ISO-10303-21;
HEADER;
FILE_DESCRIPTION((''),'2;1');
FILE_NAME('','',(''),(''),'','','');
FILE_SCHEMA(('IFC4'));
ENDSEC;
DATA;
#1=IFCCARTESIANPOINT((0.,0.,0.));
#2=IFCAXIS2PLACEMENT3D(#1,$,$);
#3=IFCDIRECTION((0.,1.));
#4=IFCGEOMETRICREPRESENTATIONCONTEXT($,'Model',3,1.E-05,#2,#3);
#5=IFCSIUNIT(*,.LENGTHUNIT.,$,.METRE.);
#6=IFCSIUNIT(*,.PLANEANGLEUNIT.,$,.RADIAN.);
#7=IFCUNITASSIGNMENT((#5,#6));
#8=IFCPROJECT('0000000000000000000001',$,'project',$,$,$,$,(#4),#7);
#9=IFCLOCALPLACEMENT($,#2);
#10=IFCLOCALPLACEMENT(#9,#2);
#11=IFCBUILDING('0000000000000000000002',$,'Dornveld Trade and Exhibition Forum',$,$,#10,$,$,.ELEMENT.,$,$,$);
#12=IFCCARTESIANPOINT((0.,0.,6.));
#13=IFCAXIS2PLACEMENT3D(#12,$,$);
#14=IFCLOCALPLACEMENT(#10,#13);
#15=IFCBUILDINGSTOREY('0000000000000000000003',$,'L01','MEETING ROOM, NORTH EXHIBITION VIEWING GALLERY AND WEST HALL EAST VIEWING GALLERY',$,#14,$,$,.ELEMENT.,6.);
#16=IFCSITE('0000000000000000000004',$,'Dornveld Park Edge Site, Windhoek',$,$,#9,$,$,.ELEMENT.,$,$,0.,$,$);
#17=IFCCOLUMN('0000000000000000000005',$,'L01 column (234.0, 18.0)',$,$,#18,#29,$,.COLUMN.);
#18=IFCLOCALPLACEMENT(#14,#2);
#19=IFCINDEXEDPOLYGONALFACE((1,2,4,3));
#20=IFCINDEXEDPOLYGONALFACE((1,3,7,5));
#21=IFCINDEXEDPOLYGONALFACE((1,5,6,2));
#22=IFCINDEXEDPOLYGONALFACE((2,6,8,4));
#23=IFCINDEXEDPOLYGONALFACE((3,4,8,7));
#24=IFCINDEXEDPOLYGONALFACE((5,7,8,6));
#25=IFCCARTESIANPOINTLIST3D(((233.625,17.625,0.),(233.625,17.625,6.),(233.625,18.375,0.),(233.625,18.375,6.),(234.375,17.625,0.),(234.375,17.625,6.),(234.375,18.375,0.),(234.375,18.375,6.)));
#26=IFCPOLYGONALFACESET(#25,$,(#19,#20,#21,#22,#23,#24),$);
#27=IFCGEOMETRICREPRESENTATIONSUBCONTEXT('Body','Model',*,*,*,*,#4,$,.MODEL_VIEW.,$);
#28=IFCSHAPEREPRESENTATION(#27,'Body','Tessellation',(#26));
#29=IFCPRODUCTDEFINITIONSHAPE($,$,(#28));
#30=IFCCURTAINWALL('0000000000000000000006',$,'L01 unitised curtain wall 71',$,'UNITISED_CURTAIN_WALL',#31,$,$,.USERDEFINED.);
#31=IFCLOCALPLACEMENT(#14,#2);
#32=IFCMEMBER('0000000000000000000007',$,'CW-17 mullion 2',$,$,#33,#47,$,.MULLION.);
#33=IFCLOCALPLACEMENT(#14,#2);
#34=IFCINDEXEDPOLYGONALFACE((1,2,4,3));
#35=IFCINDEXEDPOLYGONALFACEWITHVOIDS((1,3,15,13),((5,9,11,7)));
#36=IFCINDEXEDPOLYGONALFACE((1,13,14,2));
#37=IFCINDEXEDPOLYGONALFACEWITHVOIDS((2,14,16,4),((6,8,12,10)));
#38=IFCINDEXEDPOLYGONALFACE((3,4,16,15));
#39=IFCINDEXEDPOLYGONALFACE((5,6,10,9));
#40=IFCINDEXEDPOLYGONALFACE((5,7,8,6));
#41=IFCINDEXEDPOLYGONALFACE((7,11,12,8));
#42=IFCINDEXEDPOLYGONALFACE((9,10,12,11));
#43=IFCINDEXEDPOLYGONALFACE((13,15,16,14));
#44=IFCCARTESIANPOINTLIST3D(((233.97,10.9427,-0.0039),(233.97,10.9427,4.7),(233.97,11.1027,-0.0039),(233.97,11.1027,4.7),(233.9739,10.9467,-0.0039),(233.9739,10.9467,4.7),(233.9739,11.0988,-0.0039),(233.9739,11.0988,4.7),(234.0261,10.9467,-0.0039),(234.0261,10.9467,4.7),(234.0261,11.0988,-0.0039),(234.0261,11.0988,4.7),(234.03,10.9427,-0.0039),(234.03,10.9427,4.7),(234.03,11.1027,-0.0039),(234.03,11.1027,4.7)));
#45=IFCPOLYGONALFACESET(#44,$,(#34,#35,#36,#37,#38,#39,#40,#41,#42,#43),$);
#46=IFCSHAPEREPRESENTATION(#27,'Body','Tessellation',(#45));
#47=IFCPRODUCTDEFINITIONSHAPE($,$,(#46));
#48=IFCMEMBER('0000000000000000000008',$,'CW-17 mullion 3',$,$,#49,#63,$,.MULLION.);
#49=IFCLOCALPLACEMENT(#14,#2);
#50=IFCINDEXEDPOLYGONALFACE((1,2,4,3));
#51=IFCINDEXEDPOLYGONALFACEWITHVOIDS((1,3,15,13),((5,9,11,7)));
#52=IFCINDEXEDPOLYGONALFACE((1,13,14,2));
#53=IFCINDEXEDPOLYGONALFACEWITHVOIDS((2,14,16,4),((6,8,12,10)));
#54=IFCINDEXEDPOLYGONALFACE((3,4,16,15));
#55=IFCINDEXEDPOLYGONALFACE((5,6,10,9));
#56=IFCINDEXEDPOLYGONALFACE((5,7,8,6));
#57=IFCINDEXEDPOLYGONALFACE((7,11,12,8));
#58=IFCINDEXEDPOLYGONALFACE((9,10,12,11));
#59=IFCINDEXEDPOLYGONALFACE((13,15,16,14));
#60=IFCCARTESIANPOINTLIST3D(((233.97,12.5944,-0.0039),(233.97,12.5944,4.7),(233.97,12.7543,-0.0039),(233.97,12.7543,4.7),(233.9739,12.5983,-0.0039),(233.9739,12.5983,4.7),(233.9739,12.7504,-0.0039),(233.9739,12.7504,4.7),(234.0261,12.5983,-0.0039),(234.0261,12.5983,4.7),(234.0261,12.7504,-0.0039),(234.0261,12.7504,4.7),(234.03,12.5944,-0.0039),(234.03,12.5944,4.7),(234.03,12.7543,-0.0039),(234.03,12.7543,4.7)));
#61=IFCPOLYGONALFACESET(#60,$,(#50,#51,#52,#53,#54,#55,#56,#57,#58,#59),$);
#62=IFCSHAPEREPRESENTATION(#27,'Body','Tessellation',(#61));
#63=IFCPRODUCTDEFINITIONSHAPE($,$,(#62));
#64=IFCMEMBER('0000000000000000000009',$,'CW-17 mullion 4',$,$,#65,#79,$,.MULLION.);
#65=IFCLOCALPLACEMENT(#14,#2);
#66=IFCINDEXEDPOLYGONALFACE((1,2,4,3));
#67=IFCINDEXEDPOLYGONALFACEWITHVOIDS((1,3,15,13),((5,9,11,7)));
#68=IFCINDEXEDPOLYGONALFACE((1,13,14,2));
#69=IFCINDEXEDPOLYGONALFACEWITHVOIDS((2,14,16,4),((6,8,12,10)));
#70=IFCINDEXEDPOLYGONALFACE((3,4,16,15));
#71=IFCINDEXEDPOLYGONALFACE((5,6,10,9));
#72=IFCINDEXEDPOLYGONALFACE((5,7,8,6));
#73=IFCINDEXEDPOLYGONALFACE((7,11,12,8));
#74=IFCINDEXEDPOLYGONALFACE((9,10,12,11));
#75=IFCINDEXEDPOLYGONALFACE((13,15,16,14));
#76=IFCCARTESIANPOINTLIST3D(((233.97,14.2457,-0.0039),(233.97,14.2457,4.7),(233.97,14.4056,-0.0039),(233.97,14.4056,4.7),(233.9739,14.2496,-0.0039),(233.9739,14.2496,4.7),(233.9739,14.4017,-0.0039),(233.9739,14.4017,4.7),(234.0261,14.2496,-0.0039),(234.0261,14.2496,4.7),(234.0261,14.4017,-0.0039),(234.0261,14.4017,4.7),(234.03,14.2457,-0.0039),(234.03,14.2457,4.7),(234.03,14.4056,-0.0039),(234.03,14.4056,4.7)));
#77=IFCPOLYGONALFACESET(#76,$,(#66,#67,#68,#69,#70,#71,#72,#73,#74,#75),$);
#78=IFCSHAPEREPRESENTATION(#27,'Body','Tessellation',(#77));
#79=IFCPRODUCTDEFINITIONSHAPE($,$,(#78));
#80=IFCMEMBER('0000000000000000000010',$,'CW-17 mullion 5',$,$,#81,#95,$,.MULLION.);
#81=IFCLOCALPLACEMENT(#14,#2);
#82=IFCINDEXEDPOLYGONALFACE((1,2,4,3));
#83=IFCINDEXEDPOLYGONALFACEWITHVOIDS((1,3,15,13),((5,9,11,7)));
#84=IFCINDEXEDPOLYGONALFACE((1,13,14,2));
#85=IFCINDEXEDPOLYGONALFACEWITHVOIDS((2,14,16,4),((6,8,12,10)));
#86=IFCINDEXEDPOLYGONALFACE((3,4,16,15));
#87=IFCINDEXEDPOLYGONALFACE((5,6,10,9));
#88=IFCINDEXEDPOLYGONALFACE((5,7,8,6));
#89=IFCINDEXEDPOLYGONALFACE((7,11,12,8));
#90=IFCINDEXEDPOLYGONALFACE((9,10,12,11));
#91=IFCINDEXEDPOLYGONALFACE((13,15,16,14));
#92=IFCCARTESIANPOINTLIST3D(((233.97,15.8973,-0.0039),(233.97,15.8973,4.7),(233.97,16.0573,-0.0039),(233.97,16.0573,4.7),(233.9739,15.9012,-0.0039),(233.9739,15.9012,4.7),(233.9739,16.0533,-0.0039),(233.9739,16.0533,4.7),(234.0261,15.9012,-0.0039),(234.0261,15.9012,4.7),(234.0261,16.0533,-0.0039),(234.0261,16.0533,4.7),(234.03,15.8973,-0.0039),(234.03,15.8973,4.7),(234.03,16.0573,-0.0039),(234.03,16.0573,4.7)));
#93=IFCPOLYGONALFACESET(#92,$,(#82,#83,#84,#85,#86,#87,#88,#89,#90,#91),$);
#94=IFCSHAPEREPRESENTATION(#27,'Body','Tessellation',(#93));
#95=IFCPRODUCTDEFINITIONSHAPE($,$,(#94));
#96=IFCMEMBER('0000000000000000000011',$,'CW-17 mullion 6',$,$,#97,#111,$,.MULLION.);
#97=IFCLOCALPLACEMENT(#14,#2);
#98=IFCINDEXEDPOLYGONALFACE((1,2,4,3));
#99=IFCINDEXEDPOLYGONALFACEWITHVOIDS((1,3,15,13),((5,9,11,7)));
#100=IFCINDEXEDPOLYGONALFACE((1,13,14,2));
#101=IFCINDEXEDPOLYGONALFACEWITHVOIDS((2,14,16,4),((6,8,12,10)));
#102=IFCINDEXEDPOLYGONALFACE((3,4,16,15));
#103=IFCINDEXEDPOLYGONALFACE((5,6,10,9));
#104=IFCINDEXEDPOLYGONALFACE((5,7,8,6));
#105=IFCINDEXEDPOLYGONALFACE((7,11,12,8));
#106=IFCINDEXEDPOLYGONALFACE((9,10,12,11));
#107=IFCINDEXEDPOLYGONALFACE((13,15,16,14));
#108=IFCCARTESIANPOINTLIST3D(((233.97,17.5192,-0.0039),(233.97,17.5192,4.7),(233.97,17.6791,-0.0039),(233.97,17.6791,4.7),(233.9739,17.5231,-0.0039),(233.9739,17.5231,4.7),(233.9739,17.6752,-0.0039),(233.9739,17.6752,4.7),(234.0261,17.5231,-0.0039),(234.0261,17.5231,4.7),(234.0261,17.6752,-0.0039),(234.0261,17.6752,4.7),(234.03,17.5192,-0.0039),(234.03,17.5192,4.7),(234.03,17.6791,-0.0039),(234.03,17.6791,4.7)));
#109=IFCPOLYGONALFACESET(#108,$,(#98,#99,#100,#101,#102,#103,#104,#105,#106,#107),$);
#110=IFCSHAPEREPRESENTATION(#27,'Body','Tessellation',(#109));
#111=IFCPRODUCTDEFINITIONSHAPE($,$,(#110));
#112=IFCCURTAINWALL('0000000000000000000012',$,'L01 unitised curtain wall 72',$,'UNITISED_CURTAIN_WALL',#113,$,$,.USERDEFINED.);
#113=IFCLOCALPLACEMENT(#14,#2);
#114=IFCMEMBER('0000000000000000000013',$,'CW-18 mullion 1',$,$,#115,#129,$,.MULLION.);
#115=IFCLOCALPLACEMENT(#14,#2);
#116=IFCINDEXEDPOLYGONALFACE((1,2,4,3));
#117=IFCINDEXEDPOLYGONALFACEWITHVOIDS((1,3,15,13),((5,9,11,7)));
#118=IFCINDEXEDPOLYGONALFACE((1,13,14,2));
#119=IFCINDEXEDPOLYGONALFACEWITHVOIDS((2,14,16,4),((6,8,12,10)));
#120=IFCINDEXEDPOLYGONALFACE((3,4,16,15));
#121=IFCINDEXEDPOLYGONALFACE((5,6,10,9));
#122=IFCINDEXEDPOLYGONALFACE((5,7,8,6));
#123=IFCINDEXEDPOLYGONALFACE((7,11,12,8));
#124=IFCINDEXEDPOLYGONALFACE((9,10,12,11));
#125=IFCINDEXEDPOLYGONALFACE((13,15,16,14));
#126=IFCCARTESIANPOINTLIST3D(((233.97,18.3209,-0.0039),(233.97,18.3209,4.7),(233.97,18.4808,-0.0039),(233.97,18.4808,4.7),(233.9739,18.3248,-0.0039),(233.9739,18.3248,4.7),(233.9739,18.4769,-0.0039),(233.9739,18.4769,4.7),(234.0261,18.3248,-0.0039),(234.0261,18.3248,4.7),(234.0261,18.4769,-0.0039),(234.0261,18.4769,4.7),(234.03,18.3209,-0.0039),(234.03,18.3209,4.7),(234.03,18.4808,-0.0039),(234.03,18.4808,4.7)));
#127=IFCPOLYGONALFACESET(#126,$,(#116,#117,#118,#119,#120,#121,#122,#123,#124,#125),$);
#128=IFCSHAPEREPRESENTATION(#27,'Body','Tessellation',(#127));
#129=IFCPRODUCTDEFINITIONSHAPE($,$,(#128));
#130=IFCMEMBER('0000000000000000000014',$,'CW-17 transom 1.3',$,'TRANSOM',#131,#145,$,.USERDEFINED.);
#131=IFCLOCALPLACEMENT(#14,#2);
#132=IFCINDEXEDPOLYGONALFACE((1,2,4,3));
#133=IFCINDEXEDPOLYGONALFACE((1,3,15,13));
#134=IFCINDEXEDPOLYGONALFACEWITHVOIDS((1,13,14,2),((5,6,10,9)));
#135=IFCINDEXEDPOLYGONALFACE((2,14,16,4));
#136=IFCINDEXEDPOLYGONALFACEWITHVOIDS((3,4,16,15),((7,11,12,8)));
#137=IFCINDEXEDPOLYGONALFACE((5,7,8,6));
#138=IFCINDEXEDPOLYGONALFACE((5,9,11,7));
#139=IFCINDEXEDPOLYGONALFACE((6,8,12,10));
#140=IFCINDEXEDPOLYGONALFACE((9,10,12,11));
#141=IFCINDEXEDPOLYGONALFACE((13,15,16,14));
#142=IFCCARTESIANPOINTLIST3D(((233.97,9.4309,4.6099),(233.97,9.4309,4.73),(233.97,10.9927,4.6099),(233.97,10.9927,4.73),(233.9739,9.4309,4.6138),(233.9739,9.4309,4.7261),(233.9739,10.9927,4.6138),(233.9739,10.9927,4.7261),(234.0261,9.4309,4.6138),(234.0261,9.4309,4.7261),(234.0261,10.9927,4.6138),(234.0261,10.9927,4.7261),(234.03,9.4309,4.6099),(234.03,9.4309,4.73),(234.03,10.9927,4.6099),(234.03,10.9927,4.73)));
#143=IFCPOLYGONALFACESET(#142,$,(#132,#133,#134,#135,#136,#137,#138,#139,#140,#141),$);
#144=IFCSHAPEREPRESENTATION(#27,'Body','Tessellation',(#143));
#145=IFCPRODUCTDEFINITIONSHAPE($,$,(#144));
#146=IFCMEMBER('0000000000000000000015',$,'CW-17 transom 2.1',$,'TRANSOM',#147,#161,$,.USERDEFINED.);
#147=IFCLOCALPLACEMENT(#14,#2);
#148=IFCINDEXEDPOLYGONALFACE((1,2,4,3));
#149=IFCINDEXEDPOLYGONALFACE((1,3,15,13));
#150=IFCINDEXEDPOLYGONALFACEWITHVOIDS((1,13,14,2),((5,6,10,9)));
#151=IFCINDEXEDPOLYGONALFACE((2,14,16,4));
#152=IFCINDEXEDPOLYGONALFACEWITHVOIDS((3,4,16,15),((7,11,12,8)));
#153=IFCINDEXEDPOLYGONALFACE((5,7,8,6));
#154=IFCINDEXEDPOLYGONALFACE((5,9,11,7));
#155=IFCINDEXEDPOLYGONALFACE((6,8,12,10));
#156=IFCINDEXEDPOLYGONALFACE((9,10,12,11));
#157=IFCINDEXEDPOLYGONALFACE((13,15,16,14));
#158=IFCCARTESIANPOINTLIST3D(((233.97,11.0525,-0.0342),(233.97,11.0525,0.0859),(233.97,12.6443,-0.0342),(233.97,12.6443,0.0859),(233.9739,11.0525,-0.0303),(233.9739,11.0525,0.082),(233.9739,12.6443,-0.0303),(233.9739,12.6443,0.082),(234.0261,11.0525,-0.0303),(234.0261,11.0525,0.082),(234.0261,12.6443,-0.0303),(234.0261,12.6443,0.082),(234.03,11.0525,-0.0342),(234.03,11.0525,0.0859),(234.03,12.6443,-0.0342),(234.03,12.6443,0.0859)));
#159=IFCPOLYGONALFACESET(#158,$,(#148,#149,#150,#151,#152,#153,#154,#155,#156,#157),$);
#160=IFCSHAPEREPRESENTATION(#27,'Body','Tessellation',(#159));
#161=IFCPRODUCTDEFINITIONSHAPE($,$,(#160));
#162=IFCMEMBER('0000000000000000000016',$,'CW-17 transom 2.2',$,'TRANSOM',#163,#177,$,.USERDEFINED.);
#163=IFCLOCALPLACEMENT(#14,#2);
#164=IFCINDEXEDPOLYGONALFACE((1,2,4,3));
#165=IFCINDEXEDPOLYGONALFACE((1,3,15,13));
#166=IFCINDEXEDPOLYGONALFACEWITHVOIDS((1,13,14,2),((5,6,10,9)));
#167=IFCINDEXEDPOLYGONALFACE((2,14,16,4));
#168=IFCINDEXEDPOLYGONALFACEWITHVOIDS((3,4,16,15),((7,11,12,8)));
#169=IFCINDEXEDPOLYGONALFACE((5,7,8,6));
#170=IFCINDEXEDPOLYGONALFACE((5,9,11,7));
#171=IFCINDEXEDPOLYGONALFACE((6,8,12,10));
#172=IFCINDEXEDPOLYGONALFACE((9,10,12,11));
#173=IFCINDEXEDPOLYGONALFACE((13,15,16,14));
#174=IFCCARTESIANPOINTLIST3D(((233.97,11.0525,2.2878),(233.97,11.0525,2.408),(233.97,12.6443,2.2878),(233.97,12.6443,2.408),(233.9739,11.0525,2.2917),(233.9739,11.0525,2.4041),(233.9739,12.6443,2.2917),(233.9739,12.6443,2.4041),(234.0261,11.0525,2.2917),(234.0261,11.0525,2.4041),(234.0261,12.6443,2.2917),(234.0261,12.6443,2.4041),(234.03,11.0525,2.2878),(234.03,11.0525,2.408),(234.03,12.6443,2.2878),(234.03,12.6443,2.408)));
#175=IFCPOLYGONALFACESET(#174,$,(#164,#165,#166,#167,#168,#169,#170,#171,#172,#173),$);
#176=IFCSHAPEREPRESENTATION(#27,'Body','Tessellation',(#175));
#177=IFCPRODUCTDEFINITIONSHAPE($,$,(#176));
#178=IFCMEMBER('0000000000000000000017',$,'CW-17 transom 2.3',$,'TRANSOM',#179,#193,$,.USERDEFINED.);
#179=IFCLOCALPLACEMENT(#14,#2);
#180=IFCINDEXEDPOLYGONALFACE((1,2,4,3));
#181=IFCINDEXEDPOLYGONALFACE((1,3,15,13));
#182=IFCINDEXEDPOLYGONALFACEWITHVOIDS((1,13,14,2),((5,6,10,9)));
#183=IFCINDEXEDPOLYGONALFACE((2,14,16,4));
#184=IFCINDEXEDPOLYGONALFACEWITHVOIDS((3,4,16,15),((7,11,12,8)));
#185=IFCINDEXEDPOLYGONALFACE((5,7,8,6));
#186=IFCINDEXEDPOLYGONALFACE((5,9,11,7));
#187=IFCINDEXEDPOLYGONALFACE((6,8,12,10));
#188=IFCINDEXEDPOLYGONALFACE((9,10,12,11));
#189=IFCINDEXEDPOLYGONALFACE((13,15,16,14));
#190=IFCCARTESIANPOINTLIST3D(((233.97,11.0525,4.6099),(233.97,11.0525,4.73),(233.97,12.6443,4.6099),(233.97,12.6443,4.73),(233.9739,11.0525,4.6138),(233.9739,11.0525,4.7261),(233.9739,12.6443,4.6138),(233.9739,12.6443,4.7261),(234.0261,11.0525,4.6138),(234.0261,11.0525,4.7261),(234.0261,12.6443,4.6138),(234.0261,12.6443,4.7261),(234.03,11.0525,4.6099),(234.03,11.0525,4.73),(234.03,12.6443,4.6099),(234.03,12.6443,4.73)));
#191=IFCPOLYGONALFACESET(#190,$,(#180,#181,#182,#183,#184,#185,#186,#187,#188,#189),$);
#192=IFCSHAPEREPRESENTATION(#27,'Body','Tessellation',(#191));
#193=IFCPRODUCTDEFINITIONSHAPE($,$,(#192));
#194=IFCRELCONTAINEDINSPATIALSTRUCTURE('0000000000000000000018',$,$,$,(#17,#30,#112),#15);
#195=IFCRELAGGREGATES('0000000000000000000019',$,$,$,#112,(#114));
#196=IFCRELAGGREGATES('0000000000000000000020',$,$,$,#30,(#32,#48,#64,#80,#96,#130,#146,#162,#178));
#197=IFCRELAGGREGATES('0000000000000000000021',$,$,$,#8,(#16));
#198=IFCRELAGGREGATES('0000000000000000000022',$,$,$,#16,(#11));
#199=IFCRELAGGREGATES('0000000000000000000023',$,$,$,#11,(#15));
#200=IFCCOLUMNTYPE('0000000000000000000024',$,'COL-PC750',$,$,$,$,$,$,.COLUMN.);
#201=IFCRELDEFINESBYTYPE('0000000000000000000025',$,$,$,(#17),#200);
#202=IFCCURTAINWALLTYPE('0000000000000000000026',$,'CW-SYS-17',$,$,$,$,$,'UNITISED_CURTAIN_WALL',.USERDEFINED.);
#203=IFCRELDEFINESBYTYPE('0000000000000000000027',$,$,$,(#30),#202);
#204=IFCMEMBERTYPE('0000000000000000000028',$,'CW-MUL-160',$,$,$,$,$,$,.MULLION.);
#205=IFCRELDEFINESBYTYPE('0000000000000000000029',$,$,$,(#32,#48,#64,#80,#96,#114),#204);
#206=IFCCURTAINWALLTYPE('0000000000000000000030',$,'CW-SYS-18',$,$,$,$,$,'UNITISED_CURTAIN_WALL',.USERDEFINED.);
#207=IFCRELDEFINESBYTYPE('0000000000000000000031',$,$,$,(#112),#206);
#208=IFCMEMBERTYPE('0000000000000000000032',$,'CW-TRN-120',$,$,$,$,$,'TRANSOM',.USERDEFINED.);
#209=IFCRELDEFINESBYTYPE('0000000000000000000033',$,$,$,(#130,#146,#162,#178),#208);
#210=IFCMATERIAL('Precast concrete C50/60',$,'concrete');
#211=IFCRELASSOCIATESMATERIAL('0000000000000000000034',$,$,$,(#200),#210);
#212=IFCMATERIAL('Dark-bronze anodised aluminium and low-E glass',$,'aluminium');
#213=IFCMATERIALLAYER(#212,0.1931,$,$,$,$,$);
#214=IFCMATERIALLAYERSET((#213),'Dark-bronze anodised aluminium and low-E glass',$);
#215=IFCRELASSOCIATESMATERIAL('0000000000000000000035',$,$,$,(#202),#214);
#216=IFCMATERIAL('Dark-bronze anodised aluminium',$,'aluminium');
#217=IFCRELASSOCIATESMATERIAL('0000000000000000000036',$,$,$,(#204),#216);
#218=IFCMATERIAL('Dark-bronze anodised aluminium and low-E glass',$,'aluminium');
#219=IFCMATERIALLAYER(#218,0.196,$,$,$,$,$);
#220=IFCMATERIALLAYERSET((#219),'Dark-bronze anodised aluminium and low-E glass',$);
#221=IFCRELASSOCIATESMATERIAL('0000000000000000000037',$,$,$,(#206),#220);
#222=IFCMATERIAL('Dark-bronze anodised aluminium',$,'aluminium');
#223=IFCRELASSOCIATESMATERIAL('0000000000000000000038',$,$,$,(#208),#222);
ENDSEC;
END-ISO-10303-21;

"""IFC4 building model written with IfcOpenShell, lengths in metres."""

from ifc_helpers import new_model, si_unit, direction, frame, origin, origin_2d, place, context, subcontext, project, spatial, rectangle, hollow_rectangle, extrude, material, layer, layer_set, material_profile, profile_set, type_object, element, aggregate, save


model = new_model("IFC4")

# Units and contexts
model_context = context("Model", 3, precision=1e-05, world=origin(), true_north=direction((0.0, 1.0)))
body_context = subcontext(model_context, "Body", "Model", "MODEL_VIEW")
ifc_project = project(units=[si_unit("LENGTHUNIT", "METRE"), si_unit("PLANEANGLEUNIT", "RADIAN")], contexts=[model_context])

# Site, building, storey
site_placement = place(None, origin())
site = spatial("IfcSite", under=ifc_project, at=site_placement, Name="Dornveld Park Edge Site, Windhoek", CompositionType="ELEMENT", RefElevation=0.0)
building_placement = place(site_placement, origin())
building = spatial("IfcBuilding", under=site, at=building_placement, Name="Dornveld Trade and Exhibition Forum", CompositionType="ELEMENT")
storey_placement = place(building_placement, frame((0.0, 0.0, 6.0)))
storey = spatial("IfcBuildingStorey", under=building, at=storey_placement, Name="L01", Description="MEETING ROOM, NORTH EXHIBITION VIEWING GALLERY AND WEST HALL EAST VIEWING GALLERY", CompositionType="ELEMENT", Elevation=6.0)

# Column
ifc_material_1 = material(Name="Precast concrete C50/60", Category="concrete")
ifc_material_profile_1 = material_profile(ifc_material_1, rectangle(XDim=0.75, YDim=0.75, at=origin_2d()), Name="PC-COL 750x750")
ifc_profile_set_1 = profile_set([ifc_material_profile_1], Name="Precast concrete C50/60")
column_type = type_object("IfcColumnType", Name="COL-PC750", PredefinedType="COLUMN", material=ifc_profile_set_1)
column_placement = place(storey_placement, frame((234.0, 18.0, 0.0), z_axis=(0.0, 0.0, 1.0), x_axis=(1.0, 0.0, 0.0)))
element("IfcColumn", 1, at=column_placement, inside=storey, type_object=column_type, Name="L01 column (234.0, 18.0)", PredefinedType="COLUMN", context=body_context, shape_type="SweptSolid", body=[
    extrude(rectangle(XDim=0.75, YDim=0.75, at=origin_2d()), origin(), (0.0, 0.0, 1.0), 6.0),
])

# Curtain wall, members
ifc_material_2 = material(Name="Dark-bronze anodised aluminium and low-E glass", Category="aluminium")
ifc_layer_1 = layer(ifc_material_2, 0.1931)
ifc_layer_set_1 = layer_set([ifc_layer_1], Name="Dark-bronze anodised aluminium and low-E glass")
curtain_wall_type_1 = type_object("IfcCurtainWallType", Name="CW-SYS-17", ElementType="UNITISED_CURTAIN_WALL", PredefinedType="USERDEFINED", material=ifc_layer_set_1)
curtain_wall_1_placement = place(storey_placement, origin())
curtain_wall_1 = element("IfcCurtainWall", 2, at=curtain_wall_1_placement, inside=storey, type_object=curtain_wall_type_1, Name="L01 unitised curtain wall 71", ObjectType="UNITISED_CURTAIN_WALL", PredefinedType="USERDEFINED")
ifc_material_3 = material(Name="Dark-bronze anodised aluminium", Category="aluminium")
ifc_material_profile_2 = material_profile(ifc_material_3, hollow_rectangle(XDim=0.0601, YDim=0.1599, WallThickness=0.0039, at=origin_2d()), Name="RHS 160x60x4")
ifc_profile_set_2 = profile_set([ifc_material_profile_2], Name="Dark-bronze anodised aluminium")
member_type_1 = type_object("IfcMemberType", Name="CW-MUL-160", PredefinedType="MULLION", material=ifc_profile_set_2)
member_1_placement = place(storey_placement, frame((234.0, 11.0227, -0.0039), z_axis=(0.0, 0.0, 1.0), x_axis=(-1.0, 0.0, 0.0)))
member_1 = element("IfcMember", 3, at=member_1_placement, type_object=member_type_1, Name="CW-17 mullion 2", PredefinedType="MULLION", context=body_context, shape_type="SweptSolid", body=[
    extrude(hollow_rectangle(XDim=0.0601, YDim=0.1599, WallThickness=0.0039, at=origin_2d()), origin(), (0.0, 0.0, 1.0), 4.7039),
])
member_2_placement = place(storey_placement, frame((234.0, 12.6743, -0.0039), z_axis=(0.0, 0.0, 1.0), x_axis=(-1.0, 0.0, 0.0)))
member_2 = element("IfcMember", 4, at=member_2_placement, type_object=member_type_1, Name="CW-17 mullion 3", PredefinedType="MULLION", context=body_context, shape_type="SweptSolid", body=[
    extrude(hollow_rectangle(XDim=0.0601, YDim=0.1599, WallThickness=0.0039, at=origin_2d()), origin(), (0.0, 0.0, 1.0), 4.7039),
])
member_3_placement = place(storey_placement, frame((234.0, 14.3257, -0.0039), z_axis=(0.0, 0.0, 1.0), x_axis=(-1.0, 0.0, 0.0)))
member_3 = element("IfcMember", 5, at=member_3_placement, type_object=member_type_1, Name="CW-17 mullion 4", PredefinedType="MULLION", context=body_context, shape_type="SweptSolid", body=[
    extrude(hollow_rectangle(XDim=0.0601, YDim=0.1599, WallThickness=0.0039, at=origin_2d()), origin(), (0.0, 0.0, 1.0), 4.7039),
])
member_4_placement = place(storey_placement, frame((234.0, 15.9773, -0.0039), z_axis=(0.0, 0.0, 1.0), x_axis=(-1.0, 0.0, 0.0)))
member_4 = element("IfcMember", 6, at=member_4_placement, type_object=member_type_1, Name="CW-17 mullion 5", PredefinedType="MULLION", context=body_context, shape_type="SweptSolid", body=[
    extrude(hollow_rectangle(XDim=0.0601, YDim=0.1599, WallThickness=0.0039, at=origin_2d()), origin(), (0.0, 0.0, 1.0), 4.7039),
])
member_5_placement = place(storey_placement, frame((234.0, 17.5991, -0.0039), z_axis=(0.0, 0.0, 1.0), x_axis=(-1.0, 0.0, 0.0)))
member_5 = element("IfcMember", 7, at=member_5_placement, type_object=member_type_1, Name="CW-17 mullion 6", PredefinedType="MULLION", context=body_context, shape_type="SweptSolid", body=[
    extrude(hollow_rectangle(XDim=0.0601, YDim=0.1599, WallThickness=0.0039, at=origin_2d()), origin(), (0.0, 0.0, 1.0), 4.7039),
])

# Curtain wall, member
ifc_material_4 = material(Name="Dark-bronze anodised aluminium and low-E glass", Category="aluminium")
ifc_layer_2 = layer(ifc_material_4, 0.196)
ifc_layer_set_2 = layer_set([ifc_layer_2], Name="Dark-bronze anodised aluminium and low-E glass")
curtain_wall_type_2 = type_object("IfcCurtainWallType", Name="CW-SYS-18", ElementType="UNITISED_CURTAIN_WALL", PredefinedType="USERDEFINED", material=ifc_layer_set_2)
curtain_wall_2_placement = place(storey_placement, origin())
curtain_wall_2 = element("IfcCurtainWall", 8, at=curtain_wall_2_placement, inside=storey, type_object=curtain_wall_type_2, Name="L01 unitised curtain wall 72", ObjectType="UNITISED_CURTAIN_WALL", PredefinedType="USERDEFINED")
member_6_placement = place(storey_placement, frame((234.0, 18.4009, -0.0039), z_axis=(0.0, 0.0, 1.0), x_axis=(-1.0, 0.0, 0.0)))
member_6 = element("IfcMember", 9, at=member_6_placement, type_object=member_type_1, Name="CW-18 mullion 1", PredefinedType="MULLION", context=body_context, shape_type="SweptSolid", body=[
    extrude(hollow_rectangle(XDim=0.0601, YDim=0.1599, WallThickness=0.0039, at=origin_2d()), origin(), (0.0, 0.0, 1.0), 4.7039),
])

# Members
ifc_material_5 = material(Name="Dark-bronze anodised aluminium", Category="aluminium")
ifc_material_profile_3 = material_profile(ifc_material_5, hollow_rectangle(XDim=0.0601, YDim=0.1201, WallThickness=0.0039, at=origin_2d()), Name="RHS 120x60x4")
ifc_profile_set_3 = profile_set([ifc_material_profile_3], Name="Dark-bronze anodised aluminium")
member_type_2 = type_object("IfcMemberType", Name="CW-TRN-120", ElementType="TRANSOM", PredefinedType="USERDEFINED", material=ifc_profile_set_3)
member_7_placement = place(storey_placement, frame((234.0, 9.4309, 4.6699), z_axis=(0.0, 1.0, 0.0), x_axis=(-1.0, 0.0, 0.0)))
member_7 = element("IfcMember", 10, at=member_7_placement, type_object=member_type_2, Name="CW-17 transom 1.3", ObjectType="TRANSOM", PredefinedType="USERDEFINED", context=body_context, shape_type="SweptSolid", body=[
    extrude(hollow_rectangle(XDim=0.0601, YDim=0.1201, WallThickness=0.0039, at=origin_2d()), origin(), (0.0, 0.0, 1.0), 1.5618),
])
member_8_placement = place(storey_placement, frame((234.0, 11.0525, 0.0259), z_axis=(0.0, 1.0, 0.0), x_axis=(-1.0, 0.0, 0.0)))
member_8 = element("IfcMember", 11, at=member_8_placement, type_object=member_type_2, Name="CW-17 transom 2.1", ObjectType="TRANSOM", PredefinedType="USERDEFINED", context=body_context, shape_type="SweptSolid", body=[
    extrude(hollow_rectangle(XDim=0.0601, YDim=0.1201, WallThickness=0.0039, at=origin_2d()), origin(), (0.0, 0.0, 1.0), 1.5918),
])
member_9_placement = place(storey_placement, frame((234.0, 11.0525, 2.3479), z_axis=(0.0, 1.0, 0.0), x_axis=(-1.0, 0.0, 0.0)))
member_9 = element("IfcMember", 12, at=member_9_placement, type_object=member_type_2, Name="CW-17 transom 2.2", ObjectType="TRANSOM", PredefinedType="USERDEFINED", context=body_context, shape_type="SweptSolid", body=[
    extrude(hollow_rectangle(XDim=0.0601, YDim=0.1201, WallThickness=0.0039, at=origin_2d()), origin(), (0.0, 0.0, 1.0), 1.5918),
])
member_10_placement = place(storey_placement, frame((234.0, 11.0525, 4.6699), z_axis=(0.0, 1.0, 0.0), x_axis=(-1.0, 0.0, 0.0)))
member_10 = element("IfcMember", 13, at=member_10_placement, type_object=member_type_2, Name="CW-17 transom 2.3", ObjectType="TRANSOM", PredefinedType="USERDEFINED", context=body_context, shape_type="SweptSolid", body=[
    extrude(hollow_rectangle(XDim=0.0601, YDim=0.1201, WallThickness=0.0039, at=origin_2d()), origin(), (0.0, 0.0, 1.0), 1.5918),
])
aggregate(curtain_wall_2, [member_6])

aggregate(curtain_wall_1, [member_1, member_2, member_3, member_4, member_5, member_7, member_8, member_9, member_10])

save(model, "model.ifc")
